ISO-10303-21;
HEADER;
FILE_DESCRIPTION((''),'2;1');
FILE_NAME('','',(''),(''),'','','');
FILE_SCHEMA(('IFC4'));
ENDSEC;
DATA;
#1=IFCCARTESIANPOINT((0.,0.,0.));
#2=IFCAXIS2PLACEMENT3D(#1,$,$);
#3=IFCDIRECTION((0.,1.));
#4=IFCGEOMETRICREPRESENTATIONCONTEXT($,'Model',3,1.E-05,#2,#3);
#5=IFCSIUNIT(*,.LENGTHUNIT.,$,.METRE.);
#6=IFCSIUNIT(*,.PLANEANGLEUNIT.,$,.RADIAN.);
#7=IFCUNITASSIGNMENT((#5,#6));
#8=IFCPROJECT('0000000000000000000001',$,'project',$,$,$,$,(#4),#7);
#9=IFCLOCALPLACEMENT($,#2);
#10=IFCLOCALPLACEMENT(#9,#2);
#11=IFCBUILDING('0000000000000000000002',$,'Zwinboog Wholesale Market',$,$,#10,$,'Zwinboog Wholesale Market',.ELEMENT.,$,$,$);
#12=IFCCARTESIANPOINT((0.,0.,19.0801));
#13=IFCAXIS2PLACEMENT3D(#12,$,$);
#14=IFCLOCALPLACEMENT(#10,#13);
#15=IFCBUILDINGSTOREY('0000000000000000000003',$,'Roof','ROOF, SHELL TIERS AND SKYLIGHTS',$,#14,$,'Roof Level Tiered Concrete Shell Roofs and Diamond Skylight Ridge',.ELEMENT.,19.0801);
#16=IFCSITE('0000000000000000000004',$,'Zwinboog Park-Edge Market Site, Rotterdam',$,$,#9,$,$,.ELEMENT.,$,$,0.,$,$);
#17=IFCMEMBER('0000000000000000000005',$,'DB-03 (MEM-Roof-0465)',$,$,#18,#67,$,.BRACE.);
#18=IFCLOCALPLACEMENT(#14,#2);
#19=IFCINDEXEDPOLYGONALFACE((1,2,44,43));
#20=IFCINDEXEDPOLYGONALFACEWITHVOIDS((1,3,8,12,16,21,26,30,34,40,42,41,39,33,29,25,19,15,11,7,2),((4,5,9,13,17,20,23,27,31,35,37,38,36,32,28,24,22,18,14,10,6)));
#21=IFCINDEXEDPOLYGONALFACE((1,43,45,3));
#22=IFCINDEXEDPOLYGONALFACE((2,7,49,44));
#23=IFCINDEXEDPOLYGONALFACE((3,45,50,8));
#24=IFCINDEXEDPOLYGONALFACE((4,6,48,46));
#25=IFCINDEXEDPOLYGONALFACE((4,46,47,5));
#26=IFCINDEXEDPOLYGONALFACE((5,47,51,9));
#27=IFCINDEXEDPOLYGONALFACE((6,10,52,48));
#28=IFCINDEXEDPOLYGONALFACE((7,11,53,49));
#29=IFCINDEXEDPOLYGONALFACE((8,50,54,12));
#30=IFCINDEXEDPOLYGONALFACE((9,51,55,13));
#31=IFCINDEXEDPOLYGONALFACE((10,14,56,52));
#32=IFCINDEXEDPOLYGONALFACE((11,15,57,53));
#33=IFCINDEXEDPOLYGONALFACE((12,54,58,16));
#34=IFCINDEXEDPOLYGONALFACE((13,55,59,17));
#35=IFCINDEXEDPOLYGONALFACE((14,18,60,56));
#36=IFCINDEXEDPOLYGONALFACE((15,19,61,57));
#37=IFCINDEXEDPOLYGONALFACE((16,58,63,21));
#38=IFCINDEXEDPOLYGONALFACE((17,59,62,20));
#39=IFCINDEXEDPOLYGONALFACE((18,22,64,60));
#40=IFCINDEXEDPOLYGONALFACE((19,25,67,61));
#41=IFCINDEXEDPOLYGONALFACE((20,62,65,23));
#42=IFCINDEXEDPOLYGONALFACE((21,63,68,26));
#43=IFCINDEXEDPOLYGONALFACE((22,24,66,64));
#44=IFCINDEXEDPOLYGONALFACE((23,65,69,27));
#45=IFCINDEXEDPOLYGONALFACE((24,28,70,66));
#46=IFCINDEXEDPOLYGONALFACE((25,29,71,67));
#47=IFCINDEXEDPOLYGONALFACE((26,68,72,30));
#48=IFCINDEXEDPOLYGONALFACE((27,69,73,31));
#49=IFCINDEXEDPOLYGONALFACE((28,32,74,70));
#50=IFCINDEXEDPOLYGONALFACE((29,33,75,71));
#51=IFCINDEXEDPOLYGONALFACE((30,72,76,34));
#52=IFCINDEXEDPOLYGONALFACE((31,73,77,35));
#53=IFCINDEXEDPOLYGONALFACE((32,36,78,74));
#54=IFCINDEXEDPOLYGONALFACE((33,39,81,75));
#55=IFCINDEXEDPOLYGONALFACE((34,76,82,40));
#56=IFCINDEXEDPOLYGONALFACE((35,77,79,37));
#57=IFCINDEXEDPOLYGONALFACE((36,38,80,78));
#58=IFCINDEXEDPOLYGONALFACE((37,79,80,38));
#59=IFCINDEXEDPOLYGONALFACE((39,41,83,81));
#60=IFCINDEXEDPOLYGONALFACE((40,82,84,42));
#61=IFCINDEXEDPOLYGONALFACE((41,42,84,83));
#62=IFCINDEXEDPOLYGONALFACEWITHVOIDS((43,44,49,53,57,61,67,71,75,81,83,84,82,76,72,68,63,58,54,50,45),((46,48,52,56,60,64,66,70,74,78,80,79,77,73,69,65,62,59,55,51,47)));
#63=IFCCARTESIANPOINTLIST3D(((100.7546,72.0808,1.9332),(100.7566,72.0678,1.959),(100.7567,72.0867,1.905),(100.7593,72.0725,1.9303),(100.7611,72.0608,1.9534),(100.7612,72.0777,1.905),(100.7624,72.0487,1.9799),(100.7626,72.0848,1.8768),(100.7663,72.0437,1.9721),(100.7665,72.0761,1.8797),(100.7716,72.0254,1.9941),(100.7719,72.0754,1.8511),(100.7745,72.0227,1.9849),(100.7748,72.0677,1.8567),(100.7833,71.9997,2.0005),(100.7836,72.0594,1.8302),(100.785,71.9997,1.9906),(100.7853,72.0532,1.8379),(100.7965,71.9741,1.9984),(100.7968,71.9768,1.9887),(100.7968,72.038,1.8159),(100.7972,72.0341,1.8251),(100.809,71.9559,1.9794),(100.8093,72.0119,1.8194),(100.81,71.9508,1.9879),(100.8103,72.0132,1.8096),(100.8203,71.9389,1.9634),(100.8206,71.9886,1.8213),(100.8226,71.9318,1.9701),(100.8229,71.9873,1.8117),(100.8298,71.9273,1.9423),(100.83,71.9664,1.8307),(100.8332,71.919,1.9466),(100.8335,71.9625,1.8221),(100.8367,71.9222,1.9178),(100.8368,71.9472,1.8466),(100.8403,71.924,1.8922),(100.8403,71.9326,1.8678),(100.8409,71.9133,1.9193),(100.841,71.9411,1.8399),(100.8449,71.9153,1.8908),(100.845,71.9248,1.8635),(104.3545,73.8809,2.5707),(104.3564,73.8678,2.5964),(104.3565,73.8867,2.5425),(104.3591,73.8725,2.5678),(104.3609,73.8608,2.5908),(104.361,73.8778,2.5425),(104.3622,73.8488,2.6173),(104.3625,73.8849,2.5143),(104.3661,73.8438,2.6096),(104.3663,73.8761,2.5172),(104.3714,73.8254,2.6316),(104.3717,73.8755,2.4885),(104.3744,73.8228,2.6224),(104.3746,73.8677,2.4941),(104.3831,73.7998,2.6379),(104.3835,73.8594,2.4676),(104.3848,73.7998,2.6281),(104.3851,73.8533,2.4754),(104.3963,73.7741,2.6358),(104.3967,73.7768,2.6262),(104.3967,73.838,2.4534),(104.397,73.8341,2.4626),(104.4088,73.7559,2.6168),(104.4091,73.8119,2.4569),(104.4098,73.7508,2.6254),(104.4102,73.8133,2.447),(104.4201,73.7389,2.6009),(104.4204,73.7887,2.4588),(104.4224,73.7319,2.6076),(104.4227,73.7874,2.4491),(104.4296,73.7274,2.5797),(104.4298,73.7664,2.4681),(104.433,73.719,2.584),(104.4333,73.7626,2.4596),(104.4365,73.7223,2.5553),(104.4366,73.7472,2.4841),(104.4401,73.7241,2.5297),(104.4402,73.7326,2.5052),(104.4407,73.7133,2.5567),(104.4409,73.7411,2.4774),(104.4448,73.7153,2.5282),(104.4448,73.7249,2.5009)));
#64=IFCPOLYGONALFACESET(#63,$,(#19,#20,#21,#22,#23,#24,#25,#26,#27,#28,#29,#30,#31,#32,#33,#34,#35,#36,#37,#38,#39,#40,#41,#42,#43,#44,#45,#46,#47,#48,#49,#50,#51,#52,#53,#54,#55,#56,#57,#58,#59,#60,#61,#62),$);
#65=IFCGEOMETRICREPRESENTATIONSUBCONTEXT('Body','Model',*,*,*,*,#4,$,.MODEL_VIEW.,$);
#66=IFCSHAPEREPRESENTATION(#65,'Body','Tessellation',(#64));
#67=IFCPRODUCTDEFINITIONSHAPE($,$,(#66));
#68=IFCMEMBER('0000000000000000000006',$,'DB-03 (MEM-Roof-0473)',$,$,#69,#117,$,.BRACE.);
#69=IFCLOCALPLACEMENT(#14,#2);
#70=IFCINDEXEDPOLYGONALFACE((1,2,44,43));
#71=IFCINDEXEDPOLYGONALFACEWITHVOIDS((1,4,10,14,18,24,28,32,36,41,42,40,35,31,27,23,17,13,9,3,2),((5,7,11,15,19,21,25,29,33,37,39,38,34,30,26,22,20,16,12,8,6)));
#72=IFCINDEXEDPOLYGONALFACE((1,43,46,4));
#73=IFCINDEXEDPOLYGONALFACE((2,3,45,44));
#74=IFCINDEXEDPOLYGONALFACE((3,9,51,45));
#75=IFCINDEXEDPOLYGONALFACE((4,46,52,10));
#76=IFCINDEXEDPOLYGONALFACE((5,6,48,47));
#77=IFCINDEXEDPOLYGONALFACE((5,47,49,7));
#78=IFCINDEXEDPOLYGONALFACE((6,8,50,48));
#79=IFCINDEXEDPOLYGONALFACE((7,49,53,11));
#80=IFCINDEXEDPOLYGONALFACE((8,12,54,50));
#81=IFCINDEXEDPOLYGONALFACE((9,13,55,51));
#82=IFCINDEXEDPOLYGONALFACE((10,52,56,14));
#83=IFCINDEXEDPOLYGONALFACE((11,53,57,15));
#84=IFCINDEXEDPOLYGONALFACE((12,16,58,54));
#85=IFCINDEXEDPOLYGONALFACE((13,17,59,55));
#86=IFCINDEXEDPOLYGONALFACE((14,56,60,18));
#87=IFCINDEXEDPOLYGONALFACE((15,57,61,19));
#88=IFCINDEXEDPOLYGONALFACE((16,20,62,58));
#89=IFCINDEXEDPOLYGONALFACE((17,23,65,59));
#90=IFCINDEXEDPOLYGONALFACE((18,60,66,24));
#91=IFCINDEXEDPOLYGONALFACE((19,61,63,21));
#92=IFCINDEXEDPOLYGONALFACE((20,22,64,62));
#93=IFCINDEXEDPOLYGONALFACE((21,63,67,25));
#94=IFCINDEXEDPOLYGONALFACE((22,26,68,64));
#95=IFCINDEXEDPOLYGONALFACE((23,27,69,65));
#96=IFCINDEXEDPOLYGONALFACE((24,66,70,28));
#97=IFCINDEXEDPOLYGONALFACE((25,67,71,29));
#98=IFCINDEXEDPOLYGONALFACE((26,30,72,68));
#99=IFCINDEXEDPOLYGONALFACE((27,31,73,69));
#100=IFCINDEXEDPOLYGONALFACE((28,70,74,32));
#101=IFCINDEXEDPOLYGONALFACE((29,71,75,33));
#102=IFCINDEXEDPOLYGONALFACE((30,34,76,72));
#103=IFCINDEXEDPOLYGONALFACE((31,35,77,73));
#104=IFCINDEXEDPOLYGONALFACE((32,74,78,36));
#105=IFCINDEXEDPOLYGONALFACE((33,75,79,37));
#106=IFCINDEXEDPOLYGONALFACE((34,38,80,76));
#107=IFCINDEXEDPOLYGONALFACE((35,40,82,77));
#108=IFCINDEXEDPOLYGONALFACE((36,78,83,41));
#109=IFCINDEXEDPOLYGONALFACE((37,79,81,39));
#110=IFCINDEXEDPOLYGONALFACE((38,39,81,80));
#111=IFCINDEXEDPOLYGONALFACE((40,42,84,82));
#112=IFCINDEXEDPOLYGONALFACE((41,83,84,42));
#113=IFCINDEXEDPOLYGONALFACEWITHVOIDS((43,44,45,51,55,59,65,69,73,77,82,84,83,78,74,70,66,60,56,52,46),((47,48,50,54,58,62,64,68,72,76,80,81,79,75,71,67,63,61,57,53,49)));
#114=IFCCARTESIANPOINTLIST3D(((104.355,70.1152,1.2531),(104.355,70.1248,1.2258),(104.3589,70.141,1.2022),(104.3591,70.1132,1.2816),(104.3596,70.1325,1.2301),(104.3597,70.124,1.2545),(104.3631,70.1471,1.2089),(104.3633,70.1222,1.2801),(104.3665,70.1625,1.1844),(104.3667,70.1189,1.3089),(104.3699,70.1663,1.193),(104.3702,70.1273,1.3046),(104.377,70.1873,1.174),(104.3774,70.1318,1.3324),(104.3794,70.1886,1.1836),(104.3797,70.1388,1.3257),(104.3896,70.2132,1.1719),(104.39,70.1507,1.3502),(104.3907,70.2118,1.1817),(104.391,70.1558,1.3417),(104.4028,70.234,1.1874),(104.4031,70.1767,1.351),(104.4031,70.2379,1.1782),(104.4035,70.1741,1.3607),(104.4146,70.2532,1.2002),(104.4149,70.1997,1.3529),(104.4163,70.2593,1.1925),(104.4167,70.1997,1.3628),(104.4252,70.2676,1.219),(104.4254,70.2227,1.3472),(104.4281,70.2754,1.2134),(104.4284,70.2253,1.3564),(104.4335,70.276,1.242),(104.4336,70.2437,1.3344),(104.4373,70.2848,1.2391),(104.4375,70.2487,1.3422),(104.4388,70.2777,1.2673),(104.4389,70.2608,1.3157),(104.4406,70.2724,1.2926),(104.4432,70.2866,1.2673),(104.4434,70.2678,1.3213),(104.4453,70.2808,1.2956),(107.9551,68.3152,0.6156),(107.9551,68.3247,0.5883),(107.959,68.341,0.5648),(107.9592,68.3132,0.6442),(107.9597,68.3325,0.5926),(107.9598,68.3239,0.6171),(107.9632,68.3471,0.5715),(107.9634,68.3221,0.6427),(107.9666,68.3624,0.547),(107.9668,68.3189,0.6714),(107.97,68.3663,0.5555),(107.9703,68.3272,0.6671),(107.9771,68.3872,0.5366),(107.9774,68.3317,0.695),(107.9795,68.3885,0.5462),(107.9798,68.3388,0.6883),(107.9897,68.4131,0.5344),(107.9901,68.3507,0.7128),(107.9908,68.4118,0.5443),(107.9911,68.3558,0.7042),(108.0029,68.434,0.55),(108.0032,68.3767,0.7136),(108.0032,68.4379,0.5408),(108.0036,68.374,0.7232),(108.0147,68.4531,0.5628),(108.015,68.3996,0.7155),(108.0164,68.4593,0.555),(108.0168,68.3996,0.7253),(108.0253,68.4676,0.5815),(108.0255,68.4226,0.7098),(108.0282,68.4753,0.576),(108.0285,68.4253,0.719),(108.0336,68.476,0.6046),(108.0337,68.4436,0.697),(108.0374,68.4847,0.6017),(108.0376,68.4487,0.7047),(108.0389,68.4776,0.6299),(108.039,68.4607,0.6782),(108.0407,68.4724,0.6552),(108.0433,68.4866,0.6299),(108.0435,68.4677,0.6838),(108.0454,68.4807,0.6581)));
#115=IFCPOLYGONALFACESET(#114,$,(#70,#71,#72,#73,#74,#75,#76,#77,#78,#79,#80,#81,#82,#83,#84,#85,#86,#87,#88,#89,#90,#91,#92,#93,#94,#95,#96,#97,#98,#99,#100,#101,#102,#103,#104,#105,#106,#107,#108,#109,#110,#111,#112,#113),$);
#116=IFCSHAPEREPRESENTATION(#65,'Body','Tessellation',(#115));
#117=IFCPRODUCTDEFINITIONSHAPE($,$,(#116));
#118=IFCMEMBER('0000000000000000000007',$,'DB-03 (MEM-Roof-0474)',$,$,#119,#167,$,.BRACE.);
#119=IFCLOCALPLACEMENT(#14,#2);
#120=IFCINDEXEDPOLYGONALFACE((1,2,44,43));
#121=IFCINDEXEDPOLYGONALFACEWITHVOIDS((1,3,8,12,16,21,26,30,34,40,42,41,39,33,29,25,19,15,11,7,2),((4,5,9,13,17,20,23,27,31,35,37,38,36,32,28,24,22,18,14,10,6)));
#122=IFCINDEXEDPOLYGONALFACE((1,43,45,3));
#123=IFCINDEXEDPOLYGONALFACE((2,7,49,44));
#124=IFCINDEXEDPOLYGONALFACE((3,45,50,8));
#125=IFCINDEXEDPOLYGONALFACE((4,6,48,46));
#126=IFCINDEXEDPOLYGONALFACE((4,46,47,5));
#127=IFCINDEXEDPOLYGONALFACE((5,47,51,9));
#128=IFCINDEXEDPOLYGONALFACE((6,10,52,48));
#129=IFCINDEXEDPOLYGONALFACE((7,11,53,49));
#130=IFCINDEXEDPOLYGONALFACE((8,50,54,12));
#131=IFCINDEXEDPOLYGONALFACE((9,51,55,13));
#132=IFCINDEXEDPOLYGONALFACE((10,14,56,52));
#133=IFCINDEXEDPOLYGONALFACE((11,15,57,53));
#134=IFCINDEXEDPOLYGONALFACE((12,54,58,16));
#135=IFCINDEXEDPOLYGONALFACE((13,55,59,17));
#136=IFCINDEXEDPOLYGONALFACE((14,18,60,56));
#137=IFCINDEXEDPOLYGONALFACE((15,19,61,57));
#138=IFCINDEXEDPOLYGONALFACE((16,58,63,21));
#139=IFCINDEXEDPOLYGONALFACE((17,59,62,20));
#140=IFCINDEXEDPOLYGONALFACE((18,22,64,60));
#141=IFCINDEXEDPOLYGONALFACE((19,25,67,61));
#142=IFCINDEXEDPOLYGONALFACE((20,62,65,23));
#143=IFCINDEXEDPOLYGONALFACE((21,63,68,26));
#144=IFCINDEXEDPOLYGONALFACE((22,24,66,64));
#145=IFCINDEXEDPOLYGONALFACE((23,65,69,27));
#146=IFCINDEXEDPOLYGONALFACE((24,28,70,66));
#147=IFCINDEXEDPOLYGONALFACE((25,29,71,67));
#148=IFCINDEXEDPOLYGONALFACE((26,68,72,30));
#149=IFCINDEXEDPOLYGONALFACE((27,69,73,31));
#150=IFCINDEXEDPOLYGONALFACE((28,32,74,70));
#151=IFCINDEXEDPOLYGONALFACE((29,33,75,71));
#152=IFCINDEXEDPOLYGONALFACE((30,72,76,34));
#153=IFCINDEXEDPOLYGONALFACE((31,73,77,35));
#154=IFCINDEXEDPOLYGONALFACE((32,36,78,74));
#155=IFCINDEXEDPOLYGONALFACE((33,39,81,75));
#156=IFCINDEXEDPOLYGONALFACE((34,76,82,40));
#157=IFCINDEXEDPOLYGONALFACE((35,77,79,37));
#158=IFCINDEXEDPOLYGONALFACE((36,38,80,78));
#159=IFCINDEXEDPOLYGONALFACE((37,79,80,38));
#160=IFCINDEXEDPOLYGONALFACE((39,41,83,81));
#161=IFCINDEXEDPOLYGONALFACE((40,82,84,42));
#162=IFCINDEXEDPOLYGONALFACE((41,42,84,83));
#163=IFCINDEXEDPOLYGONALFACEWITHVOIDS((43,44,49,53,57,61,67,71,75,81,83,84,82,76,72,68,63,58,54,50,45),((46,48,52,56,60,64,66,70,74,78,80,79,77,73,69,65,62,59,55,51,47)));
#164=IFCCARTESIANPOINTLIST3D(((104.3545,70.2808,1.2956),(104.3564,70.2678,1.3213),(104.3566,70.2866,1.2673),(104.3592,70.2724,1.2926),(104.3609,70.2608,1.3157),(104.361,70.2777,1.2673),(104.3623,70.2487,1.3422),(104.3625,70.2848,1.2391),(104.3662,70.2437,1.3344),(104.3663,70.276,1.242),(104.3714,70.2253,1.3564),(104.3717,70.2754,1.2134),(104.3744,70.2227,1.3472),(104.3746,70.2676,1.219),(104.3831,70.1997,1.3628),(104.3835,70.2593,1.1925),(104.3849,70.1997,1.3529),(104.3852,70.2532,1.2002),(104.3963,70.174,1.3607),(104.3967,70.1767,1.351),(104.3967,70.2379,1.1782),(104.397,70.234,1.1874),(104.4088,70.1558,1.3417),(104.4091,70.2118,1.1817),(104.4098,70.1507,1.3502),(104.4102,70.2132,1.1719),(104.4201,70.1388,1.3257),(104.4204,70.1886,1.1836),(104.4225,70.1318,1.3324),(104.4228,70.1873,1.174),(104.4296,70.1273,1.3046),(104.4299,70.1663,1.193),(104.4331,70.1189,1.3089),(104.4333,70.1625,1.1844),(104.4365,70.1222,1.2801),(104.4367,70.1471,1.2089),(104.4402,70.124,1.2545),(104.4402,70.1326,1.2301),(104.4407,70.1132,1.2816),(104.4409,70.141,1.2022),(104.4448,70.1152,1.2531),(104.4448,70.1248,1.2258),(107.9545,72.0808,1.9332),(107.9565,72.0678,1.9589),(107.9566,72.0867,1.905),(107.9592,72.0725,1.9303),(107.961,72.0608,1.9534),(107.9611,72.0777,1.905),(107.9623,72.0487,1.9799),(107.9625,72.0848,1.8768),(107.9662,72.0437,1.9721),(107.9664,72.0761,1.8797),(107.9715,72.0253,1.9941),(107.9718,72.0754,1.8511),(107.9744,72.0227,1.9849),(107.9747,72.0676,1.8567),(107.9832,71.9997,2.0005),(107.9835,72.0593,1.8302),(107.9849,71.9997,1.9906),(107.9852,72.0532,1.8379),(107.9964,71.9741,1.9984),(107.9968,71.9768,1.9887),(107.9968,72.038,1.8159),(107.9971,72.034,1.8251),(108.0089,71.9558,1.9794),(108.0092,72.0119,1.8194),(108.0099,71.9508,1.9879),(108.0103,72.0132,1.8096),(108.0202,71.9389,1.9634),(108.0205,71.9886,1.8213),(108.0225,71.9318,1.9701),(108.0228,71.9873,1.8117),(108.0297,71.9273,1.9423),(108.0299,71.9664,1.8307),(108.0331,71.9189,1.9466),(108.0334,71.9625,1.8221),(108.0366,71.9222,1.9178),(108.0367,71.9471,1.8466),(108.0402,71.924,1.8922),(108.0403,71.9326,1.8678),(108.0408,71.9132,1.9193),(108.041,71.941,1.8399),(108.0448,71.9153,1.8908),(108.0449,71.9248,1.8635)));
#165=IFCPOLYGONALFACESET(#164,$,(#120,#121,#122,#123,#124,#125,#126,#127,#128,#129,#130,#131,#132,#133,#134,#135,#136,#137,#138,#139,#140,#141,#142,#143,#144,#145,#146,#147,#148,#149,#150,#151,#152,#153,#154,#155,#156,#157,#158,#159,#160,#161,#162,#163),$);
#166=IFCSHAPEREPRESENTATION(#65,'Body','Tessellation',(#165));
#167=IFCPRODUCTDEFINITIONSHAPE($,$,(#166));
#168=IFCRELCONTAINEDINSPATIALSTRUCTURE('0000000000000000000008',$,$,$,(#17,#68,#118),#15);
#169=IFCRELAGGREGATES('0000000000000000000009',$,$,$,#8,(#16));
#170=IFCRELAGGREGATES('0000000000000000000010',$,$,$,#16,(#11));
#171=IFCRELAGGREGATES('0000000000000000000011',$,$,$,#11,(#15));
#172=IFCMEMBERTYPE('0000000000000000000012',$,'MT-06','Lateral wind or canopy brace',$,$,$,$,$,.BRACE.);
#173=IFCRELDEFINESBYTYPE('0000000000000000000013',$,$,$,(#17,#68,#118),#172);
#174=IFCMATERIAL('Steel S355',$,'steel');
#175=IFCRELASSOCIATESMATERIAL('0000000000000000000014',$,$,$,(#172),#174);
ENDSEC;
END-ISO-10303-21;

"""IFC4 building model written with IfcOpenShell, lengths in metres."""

from ifc_helpers import new_model, si_unit, direction, frame, origin, origin_2d, place, context, subcontext, project, spatial, hollow_circle, extrude, material, material_profile, profile_set, type_object, element, save


model = new_model("IFC4")

# Units and contexts
model_context = context("Model", 3, precision=1e-05, world=origin(), true_north=direction((0.0, 1.0)))
body_context = subcontext(model_context, "Body", "Model", "MODEL_VIEW")
ifc_project = project(units=[si_unit("LENGTHUNIT", "METRE"), si_unit("PLANEANGLEUNIT", "RADIAN")], contexts=[model_context])

# Site, building, storey
site_placement = place(None, origin())
site = spatial("IfcSite", under=ifc_project, at=site_placement, Name="Zwinboog Park-Edge Market Site, Rotterdam", CompositionType="ELEMENT", RefElevation=0.0)
building_placement = place(site_placement, origin())
building = spatial("IfcBuilding", under=site, at=building_placement, Name="Zwinboog Wholesale Market", LongName="Zwinboog Wholesale Market", CompositionType="ELEMENT")
storey_placement = place(building_placement, frame((0.0, 0.0, 19.0801)))
storey = spatial("IfcBuildingStorey", under=building, at=storey_placement, Name="Roof", Description="ROOF, SHELL TIERS AND SKYLIGHTS", LongName="Roof Level Tiered Concrete Shell Roofs and Diamond Skylight Ridge", CompositionType="ELEMENT", Elevation=19.0801)

# Members
ifc_material_1 = material(Name="Steel S355", Category="steel")
ifc_material_profile_1 = material_profile(ifc_material_1, hollow_circle(Radius=0.0969, WallThickness=0.01, at=origin_2d()), Name="CHS 193.7x10")
ifc_profile_set_1 = profile_set([ifc_material_profile_1], Name="Steel S355")
member_type_1 = type_object("IfcMemberType", Name="MT-06", Description="Lateral wind or canopy brace", PredefinedType="BRACE", material=ifc_profile_set_1)
for number, where, z_axis, x_axis, name in (
    (1, (100.8, 72.0, 1.905), (0.883404, 0.441732, 0.15643), (-0.447238, 0.894415, 0.0), "DB-03 (MEM-Roof-0465)"),
):
    element("IfcMember", number, at=place(storey_placement, frame(where, z_axis=z_axis, x_axis=x_axis)), inside=storey, type_object=member_type_1, Name=name, PredefinedType="BRACE", context=body_context, shape_type="SweptSolid", body=[
        extrude(hollow_circle(Radius=0.0969, WallThickness=0.01, at=origin_2d()), origin(), (0.0, 0.0, 1.0), 4.075),
    ])
for number, where, z_axis, x_axis, name in (
    (2, (104.3999, 70.2, 1.2673), (0.883417, -0.441709, -0.156422), (0.447214, 0.894427, 0.0), "DB-03 (MEM-Roof-0473)"),
    (3, (104.3999, 70.2, 1.2673), (0.883409, 0.441704, 0.156481), (-0.447214, 0.894427, 0.0), "DB-03 (MEM-Roof-0474)"),
):
    element("IfcMember", number, at=place(storey_placement, frame(where, z_axis=z_axis, x_axis=x_axis)), inside=storey, type_object=member_type_1, Name=name, PredefinedType="BRACE", context=body_context, shape_type="SweptSolid", body=[
        extrude(hollow_circle(Radius=0.0969, WallThickness=0.01, at=origin_2d()), origin(), (0.0, 0.0, 1.0), 4.0752),
    ])

save(model, "model.ifc")
